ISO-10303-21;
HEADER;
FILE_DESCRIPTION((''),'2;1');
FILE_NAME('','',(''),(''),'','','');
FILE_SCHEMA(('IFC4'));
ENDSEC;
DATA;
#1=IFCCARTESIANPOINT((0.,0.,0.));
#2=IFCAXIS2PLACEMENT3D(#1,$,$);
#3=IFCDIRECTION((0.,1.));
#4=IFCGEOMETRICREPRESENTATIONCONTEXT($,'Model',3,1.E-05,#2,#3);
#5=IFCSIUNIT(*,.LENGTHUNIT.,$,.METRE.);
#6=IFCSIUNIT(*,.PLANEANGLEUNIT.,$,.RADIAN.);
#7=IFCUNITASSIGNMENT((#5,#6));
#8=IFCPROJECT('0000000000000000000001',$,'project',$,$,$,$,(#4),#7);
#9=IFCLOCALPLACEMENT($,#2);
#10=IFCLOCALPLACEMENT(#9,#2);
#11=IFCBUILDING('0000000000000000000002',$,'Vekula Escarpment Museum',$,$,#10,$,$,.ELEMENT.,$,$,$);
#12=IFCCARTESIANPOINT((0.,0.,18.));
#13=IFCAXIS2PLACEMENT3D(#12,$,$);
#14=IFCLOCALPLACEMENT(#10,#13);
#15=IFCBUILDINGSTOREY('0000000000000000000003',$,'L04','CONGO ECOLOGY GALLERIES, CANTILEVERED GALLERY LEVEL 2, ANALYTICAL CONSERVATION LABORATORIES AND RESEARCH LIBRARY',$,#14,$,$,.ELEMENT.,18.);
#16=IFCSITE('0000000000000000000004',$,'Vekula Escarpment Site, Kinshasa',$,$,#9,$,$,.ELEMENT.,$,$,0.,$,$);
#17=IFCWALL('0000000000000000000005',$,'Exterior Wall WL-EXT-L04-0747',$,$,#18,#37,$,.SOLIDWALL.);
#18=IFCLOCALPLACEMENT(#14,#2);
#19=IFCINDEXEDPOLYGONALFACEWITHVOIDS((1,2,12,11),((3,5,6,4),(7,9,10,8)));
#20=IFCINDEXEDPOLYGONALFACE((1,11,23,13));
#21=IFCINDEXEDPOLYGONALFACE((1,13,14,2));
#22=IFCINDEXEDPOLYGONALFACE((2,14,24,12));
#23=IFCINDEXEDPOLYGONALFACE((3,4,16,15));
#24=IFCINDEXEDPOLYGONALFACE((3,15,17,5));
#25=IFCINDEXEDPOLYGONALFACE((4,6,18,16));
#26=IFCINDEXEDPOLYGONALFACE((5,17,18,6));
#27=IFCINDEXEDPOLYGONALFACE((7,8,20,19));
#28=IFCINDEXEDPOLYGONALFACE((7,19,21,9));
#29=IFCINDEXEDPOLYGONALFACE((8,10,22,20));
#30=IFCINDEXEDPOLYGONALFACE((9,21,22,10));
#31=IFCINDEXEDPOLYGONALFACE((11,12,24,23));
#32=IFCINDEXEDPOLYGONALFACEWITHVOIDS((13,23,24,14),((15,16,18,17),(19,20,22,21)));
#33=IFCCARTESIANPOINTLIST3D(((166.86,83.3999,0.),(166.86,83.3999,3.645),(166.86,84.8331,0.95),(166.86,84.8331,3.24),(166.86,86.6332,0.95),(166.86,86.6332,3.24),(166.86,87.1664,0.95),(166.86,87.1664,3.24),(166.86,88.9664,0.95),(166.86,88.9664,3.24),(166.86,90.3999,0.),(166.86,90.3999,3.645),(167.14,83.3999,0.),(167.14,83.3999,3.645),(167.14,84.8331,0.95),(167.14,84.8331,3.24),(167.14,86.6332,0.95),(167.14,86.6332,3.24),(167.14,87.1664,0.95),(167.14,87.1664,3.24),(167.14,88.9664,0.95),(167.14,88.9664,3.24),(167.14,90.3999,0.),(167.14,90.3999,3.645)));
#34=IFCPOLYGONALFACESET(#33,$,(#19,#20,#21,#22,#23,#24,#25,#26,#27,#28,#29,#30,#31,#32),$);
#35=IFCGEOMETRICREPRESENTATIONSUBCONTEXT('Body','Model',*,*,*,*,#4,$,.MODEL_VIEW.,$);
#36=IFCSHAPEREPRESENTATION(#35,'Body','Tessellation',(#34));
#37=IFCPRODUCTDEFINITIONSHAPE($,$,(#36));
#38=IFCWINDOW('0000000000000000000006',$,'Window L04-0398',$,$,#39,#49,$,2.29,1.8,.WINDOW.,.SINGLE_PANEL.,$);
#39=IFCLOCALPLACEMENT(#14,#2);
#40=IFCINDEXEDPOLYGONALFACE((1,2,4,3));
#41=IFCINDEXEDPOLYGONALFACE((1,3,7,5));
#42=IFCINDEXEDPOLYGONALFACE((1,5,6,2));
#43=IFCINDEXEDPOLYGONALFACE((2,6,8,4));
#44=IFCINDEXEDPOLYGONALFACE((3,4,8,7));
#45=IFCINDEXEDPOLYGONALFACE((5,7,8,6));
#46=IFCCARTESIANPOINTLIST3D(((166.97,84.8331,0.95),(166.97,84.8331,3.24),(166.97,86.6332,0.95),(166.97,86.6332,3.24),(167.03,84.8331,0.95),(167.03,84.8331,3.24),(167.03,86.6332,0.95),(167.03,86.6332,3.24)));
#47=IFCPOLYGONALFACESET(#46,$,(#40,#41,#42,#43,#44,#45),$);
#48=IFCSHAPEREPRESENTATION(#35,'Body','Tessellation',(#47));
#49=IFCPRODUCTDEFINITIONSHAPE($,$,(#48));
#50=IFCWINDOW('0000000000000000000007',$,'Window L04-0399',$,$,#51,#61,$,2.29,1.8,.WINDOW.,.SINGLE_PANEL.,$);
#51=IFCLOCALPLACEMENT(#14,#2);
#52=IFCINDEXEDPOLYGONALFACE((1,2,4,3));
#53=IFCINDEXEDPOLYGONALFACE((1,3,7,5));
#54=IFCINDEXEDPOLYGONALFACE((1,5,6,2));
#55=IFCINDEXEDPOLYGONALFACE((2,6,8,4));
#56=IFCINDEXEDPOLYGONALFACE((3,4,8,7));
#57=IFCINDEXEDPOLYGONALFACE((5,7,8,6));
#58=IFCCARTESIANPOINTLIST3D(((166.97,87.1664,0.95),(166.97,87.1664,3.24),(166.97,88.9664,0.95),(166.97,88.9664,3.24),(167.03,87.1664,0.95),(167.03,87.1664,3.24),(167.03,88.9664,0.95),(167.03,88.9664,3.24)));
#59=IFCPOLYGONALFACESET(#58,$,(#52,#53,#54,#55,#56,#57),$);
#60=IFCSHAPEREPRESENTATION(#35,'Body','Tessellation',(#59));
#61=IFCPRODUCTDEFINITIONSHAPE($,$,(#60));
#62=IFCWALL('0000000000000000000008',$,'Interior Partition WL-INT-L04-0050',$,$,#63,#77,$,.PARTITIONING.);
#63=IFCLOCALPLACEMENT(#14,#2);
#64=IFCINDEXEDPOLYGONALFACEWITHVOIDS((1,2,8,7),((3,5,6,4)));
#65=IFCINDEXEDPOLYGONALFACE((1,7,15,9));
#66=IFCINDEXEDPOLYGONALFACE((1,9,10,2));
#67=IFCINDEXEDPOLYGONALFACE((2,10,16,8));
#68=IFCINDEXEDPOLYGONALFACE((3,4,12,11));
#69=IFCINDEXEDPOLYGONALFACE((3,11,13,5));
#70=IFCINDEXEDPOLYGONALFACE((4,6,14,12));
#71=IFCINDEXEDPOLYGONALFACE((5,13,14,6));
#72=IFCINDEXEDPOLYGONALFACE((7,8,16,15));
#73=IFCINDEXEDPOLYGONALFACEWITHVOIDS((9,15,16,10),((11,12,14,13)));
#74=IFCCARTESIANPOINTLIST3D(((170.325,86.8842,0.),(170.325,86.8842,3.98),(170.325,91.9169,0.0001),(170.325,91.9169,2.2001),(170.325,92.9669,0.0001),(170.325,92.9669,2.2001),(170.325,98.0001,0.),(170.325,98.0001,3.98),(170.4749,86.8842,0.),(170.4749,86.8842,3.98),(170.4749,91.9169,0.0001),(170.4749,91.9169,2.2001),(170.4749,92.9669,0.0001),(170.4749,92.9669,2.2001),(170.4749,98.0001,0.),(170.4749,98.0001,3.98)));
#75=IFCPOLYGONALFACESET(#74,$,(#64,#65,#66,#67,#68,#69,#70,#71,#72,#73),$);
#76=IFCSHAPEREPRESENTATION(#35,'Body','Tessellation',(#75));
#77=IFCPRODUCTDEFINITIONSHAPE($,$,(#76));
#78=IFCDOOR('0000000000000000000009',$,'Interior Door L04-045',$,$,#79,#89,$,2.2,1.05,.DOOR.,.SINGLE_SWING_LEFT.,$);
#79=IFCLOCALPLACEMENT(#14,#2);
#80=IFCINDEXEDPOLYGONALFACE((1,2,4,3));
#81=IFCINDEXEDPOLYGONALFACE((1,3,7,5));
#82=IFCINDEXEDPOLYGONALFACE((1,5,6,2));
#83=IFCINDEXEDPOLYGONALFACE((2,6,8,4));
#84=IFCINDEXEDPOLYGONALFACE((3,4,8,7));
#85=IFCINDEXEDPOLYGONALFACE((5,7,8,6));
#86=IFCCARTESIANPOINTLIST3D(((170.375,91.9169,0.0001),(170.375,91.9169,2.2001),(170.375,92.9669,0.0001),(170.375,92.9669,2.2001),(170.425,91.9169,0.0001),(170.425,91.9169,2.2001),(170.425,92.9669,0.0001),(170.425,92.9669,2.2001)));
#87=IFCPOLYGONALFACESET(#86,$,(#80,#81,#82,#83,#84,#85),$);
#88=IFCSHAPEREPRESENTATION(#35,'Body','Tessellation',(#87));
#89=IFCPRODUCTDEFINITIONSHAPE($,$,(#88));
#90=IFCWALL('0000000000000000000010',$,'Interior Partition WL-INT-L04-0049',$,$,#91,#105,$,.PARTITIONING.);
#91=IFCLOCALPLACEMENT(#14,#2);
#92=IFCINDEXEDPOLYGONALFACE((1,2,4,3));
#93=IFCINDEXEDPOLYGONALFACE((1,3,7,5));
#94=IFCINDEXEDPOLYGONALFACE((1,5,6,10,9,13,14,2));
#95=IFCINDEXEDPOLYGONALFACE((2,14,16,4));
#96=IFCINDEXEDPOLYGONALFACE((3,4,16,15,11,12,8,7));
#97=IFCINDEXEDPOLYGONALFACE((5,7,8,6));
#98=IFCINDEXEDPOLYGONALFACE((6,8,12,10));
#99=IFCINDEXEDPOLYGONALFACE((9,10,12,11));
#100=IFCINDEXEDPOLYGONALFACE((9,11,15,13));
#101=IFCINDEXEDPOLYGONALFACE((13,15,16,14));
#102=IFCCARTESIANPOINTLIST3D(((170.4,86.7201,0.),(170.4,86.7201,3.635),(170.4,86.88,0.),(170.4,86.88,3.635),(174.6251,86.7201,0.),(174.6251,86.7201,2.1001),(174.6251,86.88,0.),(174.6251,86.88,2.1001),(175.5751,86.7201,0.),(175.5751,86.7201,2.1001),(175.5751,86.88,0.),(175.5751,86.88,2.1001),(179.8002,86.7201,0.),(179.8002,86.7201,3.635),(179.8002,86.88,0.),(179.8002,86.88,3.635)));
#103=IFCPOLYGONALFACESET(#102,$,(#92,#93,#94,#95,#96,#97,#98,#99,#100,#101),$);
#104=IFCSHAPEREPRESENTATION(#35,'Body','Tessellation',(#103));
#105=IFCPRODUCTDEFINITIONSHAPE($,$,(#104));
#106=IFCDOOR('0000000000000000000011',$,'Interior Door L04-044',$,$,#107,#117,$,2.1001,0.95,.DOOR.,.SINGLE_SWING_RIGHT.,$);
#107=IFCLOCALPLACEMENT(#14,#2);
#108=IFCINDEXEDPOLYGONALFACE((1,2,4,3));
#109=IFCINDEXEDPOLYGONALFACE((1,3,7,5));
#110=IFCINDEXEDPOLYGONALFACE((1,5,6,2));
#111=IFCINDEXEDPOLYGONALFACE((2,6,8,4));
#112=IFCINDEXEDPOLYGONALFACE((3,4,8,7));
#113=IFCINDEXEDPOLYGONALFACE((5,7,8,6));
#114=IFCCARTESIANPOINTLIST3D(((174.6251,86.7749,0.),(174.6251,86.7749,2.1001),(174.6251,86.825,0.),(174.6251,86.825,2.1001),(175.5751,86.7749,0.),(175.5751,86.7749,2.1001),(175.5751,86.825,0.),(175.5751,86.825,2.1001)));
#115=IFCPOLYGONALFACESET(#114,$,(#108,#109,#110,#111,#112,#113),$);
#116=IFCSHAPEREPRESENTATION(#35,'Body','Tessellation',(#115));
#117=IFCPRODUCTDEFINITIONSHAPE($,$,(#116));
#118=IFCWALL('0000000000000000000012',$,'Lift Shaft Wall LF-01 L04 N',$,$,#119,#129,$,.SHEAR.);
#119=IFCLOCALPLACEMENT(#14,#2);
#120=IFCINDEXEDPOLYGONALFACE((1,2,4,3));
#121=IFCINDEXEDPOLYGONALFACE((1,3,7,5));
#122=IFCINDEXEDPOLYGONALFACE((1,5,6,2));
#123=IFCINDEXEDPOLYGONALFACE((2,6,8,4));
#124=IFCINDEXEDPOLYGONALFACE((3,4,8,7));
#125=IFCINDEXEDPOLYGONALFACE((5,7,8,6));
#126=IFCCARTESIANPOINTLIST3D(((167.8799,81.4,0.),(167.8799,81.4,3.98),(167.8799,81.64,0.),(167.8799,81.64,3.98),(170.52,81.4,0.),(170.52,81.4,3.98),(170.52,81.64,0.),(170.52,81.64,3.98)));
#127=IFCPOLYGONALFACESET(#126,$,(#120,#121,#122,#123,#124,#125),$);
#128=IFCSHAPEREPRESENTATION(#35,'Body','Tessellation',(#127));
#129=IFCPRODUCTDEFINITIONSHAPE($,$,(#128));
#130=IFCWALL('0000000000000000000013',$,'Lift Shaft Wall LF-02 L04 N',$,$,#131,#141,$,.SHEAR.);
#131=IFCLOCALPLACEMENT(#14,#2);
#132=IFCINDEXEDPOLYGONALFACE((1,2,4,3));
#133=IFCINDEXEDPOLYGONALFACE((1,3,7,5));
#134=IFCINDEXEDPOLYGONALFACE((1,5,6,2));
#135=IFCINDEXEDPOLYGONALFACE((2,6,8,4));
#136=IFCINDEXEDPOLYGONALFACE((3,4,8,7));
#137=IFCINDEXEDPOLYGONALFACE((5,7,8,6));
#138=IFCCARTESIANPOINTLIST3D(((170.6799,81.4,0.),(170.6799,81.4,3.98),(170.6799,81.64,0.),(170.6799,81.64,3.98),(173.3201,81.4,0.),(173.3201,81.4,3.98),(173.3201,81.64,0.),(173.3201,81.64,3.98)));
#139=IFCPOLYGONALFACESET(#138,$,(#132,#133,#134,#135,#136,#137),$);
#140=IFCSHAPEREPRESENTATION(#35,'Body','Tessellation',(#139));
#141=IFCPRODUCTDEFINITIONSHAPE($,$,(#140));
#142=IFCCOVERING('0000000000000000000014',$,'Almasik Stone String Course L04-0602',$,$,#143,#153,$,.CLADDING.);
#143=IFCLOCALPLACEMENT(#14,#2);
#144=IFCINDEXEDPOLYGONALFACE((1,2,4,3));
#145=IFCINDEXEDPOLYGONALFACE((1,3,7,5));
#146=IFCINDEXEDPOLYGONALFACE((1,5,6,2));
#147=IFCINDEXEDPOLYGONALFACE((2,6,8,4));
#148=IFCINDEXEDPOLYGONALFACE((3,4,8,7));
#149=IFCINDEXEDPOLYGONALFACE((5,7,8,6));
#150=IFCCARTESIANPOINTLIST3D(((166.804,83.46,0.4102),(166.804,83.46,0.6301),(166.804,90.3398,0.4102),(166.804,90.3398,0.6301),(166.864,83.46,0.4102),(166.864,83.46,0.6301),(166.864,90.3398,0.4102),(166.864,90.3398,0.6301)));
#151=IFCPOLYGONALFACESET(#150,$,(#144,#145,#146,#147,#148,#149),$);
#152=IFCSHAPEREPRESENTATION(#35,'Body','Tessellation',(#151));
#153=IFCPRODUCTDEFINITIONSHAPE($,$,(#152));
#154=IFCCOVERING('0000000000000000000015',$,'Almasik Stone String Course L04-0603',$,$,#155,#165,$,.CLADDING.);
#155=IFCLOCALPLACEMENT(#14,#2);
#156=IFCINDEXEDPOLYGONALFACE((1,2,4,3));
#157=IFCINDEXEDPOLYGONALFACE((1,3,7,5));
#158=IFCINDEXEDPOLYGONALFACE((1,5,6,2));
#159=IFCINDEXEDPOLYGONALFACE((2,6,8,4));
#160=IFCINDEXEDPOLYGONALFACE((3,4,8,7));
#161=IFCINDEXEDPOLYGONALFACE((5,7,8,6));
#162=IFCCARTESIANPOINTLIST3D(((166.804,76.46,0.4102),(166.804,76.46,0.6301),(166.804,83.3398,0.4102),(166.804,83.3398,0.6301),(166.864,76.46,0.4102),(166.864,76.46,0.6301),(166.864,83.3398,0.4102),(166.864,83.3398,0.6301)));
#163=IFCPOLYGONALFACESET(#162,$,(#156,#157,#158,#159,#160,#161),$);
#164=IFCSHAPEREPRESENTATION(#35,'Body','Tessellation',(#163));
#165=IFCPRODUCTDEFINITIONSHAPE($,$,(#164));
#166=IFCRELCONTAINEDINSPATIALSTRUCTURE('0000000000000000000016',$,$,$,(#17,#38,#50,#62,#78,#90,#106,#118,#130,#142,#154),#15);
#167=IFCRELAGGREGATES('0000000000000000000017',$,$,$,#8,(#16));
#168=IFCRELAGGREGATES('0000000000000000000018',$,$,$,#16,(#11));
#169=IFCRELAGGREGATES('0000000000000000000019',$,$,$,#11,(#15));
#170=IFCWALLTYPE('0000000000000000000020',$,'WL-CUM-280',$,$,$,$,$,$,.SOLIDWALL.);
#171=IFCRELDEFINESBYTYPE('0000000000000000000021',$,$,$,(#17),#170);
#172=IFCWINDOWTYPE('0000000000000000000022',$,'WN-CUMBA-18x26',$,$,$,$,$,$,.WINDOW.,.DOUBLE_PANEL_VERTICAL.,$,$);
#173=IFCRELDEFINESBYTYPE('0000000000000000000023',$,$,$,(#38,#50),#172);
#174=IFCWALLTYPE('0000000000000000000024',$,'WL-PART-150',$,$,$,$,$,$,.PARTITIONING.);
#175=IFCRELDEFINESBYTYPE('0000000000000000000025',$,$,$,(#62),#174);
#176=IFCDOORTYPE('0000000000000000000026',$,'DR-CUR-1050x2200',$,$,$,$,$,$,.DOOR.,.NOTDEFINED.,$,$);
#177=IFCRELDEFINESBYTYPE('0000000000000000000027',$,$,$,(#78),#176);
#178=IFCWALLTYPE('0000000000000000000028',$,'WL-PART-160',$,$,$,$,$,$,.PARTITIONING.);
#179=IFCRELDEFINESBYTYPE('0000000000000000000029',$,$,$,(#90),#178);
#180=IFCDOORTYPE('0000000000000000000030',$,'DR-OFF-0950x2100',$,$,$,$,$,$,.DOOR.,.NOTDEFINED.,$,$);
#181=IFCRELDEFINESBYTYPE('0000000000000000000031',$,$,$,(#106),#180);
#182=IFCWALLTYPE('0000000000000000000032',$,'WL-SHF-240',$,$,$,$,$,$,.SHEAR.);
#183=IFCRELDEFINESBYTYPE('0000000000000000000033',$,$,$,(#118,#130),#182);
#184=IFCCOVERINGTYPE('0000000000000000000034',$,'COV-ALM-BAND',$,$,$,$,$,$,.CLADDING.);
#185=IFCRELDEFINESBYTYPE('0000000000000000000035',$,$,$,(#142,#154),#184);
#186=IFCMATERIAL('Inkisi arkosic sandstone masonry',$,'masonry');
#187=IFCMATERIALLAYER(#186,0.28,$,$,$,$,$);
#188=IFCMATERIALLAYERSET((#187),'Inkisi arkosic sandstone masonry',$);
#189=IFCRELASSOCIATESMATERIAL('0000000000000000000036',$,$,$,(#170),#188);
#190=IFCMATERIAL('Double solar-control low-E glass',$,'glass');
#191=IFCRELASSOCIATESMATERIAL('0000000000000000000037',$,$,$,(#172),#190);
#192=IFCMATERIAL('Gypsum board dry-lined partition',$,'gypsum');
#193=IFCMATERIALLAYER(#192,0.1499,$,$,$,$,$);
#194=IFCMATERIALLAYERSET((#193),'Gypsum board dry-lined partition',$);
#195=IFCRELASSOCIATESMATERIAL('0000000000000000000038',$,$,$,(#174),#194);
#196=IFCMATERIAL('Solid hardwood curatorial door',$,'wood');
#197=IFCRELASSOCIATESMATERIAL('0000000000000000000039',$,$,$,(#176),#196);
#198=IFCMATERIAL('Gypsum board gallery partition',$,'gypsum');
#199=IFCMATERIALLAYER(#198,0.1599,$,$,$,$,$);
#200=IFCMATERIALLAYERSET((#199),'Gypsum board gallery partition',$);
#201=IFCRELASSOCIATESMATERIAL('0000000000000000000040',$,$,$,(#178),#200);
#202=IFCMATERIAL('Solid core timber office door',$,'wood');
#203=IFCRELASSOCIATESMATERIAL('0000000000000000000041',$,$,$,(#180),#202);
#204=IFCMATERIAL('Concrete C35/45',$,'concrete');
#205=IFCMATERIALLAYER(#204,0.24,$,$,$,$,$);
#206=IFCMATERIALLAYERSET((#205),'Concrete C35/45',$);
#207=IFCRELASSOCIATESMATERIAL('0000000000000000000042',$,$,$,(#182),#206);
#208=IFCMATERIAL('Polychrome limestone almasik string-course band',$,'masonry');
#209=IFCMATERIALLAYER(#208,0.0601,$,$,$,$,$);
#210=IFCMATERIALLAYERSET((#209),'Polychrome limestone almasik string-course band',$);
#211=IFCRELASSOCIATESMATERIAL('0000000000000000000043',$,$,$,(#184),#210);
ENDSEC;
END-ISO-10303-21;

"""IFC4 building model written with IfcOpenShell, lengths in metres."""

from ifc_helpers import new_model, si_unit, direction, frame, frame_2d, origin, origin_2d, place, context, subcontext, project, spatial, rectangle, extrude, material, layer, layer_set, type_object, element, fill, save


model = new_model("IFC4")

# Units and contexts
model_context = context("Model", 3, precision=1e-05, world=origin(), true_north=direction((0.0, 1.0)))
body_context = subcontext(model_context, "Body", "Model", "MODEL_VIEW")
ifc_project = project(units=[si_unit("LENGTHUNIT", "METRE"), si_unit("PLANEANGLEUNIT", "RADIAN")], contexts=[model_context])

# Site, building, storey
site_placement = place(None, origin())
site = spatial("IfcSite", under=ifc_project, at=site_placement, Name="Vekula Escarpment Site, Kinshasa", CompositionType="ELEMENT", RefElevation=0.0)
building_placement = place(site_placement, origin())
building = spatial("IfcBuilding", under=site, at=building_placement, Name="Vekula Escarpment Museum", CompositionType="ELEMENT")
storey_placement = place(building_placement, frame((0.0, 0.0, 18.0)))
storey = spatial("IfcBuildingStorey", under=building, at=storey_placement, Name="L04", Description="CONGO ECOLOGY GALLERIES, CANTILEVERED GALLERY LEVEL 2, ANALYTICAL CONSERVATION LABORATORIES AND RESEARCH LIBRARY", CompositionType="ELEMENT", Elevation=18.0)

# Wall, openings, windows
ifc_material_1 = material(Name="Inkisi arkosic sandstone masonry", Category="masonry")
ifc_layer_1 = layer(ifc_material_1, 0.28)
ifc_layer_set_1 = layer_set([ifc_layer_1], Name="Inkisi arkosic sandstone masonry")
wall_type_1 = type_object("IfcWallType", Name="WL-CUM-280", PredefinedType="SOLIDWALL", material=ifc_layer_set_1)
wall_1_placement = place(storey_placement, frame((167.0, 83.3999, 0.0), z_axis=(0.0, 0.0, 1.0), x_axis=(0.0, 1.0, 0.0)))
wall_1 = element("IfcWall", 1, at=wall_1_placement, inside=storey, type_object=wall_type_1, Name="Exterior Wall WL-EXT-L04-0747", PredefinedType="SOLIDWALL", context=body_context, shape_type="SweptSolid", body=[
    extrude(rectangle(XDim=7.0, YDim=0.28, at=frame_2d((3.5, 0.0))), origin(), (0.0, 0.0, 1.0), 3.645),
])
opening_1_placement = place(wall_1_placement, frame((1.4333, 0.0, 0.95)))
opening_1 = element("IfcOpeningElement", 2, at=opening_1_placement, cuts=wall_1, PredefinedType="OPENING", context=body_context, shape_type="SweptSolid", body=[
    extrude(rectangle(XDim=1.8, YDim=2.29, at=frame_2d((0.8999, 1.145))), frame((0.0, 0.1499, 0.0), z_axis=(0.0, -1.0, 0.0), x_axis=(1.0, 0.0, 0.0)), (0.0, 0.0, 1.0), 0.3),
])
opening_2_placement = place(wall_1_placement, frame((3.7666, 0.0, 0.95)))
opening_2 = element("IfcOpeningElement", 3, at=opening_2_placement, cuts=wall_1, PredefinedType="OPENING", context=body_context, shape_type="SweptSolid", body=[
    extrude(rectangle(XDim=1.8, YDim=2.29, at=frame_2d((0.8999, 1.145))), frame((0.0, 0.1499, 0.0), z_axis=(0.0, -1.0, 0.0), x_axis=(1.0, 0.0, 0.0)), (0.0, 0.0, 1.0), 0.3),
])
ifc_material_2 = material(Name="Double solar-control low-E glass", Category="glass")
window_type = type_object("IfcWindowType", Name="WN-CUMBA-18x26", PartitioningType="DOUBLE_PANEL_VERTICAL", PredefinedType="WINDOW", material=ifc_material_2)
window_1_placement = place(opening_1_placement, origin())
window_1 = element("IfcWindow", 4, at=window_1_placement, inside=storey, type_object=window_type, Name="Window L04-0398", OverallHeight=2.29, OverallWidth=1.8, PartitioningType="SINGLE_PANEL", PredefinedType="WINDOW", context=body_context, shape_type="SweptSolid", body=[
    extrude(rectangle(XDim=1.8, YDim=2.29, at=frame_2d((0.8999, 1.145))), frame((0.0, 0.03, 0.0), z_axis=(0.0, -1.0, 0.0), x_axis=(1.0, 0.0, 0.0)), (0.0, 0.0, 1.0), 0.0601),
])
fill(opening_1, window_1)
window_2_placement = place(opening_2_placement, origin())
window_2 = element("IfcWindow", 5, at=window_2_placement, inside=storey, type_object=window_type, Name="Window L04-0399", OverallHeight=2.29, OverallWidth=1.8, PartitioningType="SINGLE_PANEL", PredefinedType="WINDOW", context=body_context, shape_type="SweptSolid", body=[
    extrude(rectangle(XDim=1.8, YDim=2.29, at=frame_2d((0.8999, 1.145))), frame((0.0, 0.03, 0.0), z_axis=(0.0, -1.0, 0.0), x_axis=(1.0, 0.0, 0.0)), (0.0, 0.0, 1.0), 0.0601),
])
fill(opening_2, window_2)

# Walls, openings, doors
ifc_material_3 = material(Name="Gypsum board dry-lined partition", Category="gypsum")
ifc_layer_2 = layer(ifc_material_3, 0.1499)
ifc_layer_set_2 = layer_set([ifc_layer_2], Name="Gypsum board dry-lined partition")
wall_type_2 = type_object("IfcWallType", Name="WL-PART-150", PredefinedType="PARTITIONING", material=ifc_layer_set_2)
wall_2_placement = place(storey_placement, frame((170.3999, 86.884, 0.0), z_axis=(0.0, 0.0, 1.0), x_axis=(0.0, 1.0, 0.0)))
wall_2 = element("IfcWall", 6, at=wall_2_placement, inside=storey, type_object=wall_type_2, Name="Interior Partition WL-INT-L04-0050", PredefinedType="PARTITIONING", context=body_context, shape_type="SweptSolid", body=[
    extrude(rectangle(XDim=11.116, YDim=0.1499, at=frame_2d((5.5581, 0.0))), origin(), (0.0, 0.0, 1.0), 3.98),
])
opening_3_placement = place(wall_2_placement, frame((5.033, 0.0, 0.0)))
opening_3 = element("IfcOpeningElement", 7, at=opening_3_placement, cuts=wall_2, PredefinedType="OPENING", context=body_context, shape_type="SweptSolid", body=[
    extrude(rectangle(XDim=1.05, YDim=2.2, at=frame_2d((0.5249, 1.1001))), frame((0.0, 0.085, 0.0), z_axis=(0.0, -1.0, 0.0), x_axis=(1.0, 0.0, 0.0)), (0.0, 0.0, 1.0), 0.1699),
])
ifc_material_4 = material(Name="Solid hardwood curatorial door", Category="wood")
door_type_1 = type_object("IfcDoorType", Name="DR-CUR-1050x2200", OperationType="NOTDEFINED", PredefinedType="DOOR", material=ifc_material_4)
door_1_placement = place(opening_3_placement, origin())
door_1 = element("IfcDoor", 8, at=door_1_placement, inside=storey, type_object=door_type_1, Name="Interior Door L04-045", OperationType="SINGLE_SWING_LEFT", OverallHeight=2.2, OverallWidth=1.05, PredefinedType="DOOR", context=body_context, shape_type="SweptSolid", body=[
    extrude(rectangle(XDim=1.05, YDim=2.2, at=frame_2d((0.5249, 1.1001))), frame((0.0, 0.0249, 0.0), z_axis=(0.0, -1.0, 0.0), x_axis=(1.0, 0.0, 0.0)), (0.0, 0.0, 1.0), 0.05),
])
fill(opening_3, door_1)
ifc_material_5 = material(Name="Gypsum board gallery partition", Category="gypsum")
ifc_layer_3 = layer(ifc_material_5, 0.1599)
ifc_layer_set_3 = layer_set([ifc_layer_3], Name="Gypsum board gallery partition")
wall_type_3 = type_object("IfcWallType", Name="WL-PART-160", PredefinedType="PARTITIONING", material=ifc_layer_set_3)
wall_3_placement = place(storey_placement, frame((170.3999, 86.8, 0.0), z_axis=(0.0, 0.0, 1.0), x_axis=(1.0, 0.0, 0.0)))
wall_3 = element("IfcWall", 9, at=wall_3_placement, inside=storey, type_object=wall_type_3, Name="Interior Partition WL-INT-L04-0049", PredefinedType="PARTITIONING", context=body_context, shape_type="SweptSolid", body=[
    extrude(rectangle(XDim=9.4001, YDim=0.1599, at=frame_2d((4.7002, 0.0))), origin(), (0.0, 0.0, 1.0), 3.635),
])
opening_4_placement = place(wall_3_placement, frame((4.2251, 0.0, 0.0)))
opening_4 = element("IfcOpeningElement", 10, at=opening_4_placement, cuts=wall_3, PredefinedType="OPENING", context=body_context, shape_type="SweptSolid", body=[
    extrude(rectangle(XDim=0.95, YDim=2.1001, at=frame_2d((0.4751, 1.05))), frame((0.0, 0.0898, 0.0), z_axis=(0.0, -1.0, 0.0), x_axis=(1.0, 0.0, 0.0)), (0.0, 0.0, 1.0), 0.1799),
])
ifc_material_6 = material(Name="Solid core timber office door", Category="wood")
door_type_2 = type_object("IfcDoorType", Name="DR-OFF-0950x2100", OperationType="NOTDEFINED", PredefinedType="DOOR", material=ifc_material_6)
door_2_placement = place(opening_4_placement, origin())
door_2 = element("IfcDoor", 11, at=door_2_placement, inside=storey, type_object=door_type_2, Name="Interior Door L04-044", OperationType="SINGLE_SWING_RIGHT", OverallHeight=2.1001, OverallWidth=0.95, PredefinedType="DOOR", context=body_context, shape_type="SweptSolid", body=[
    extrude(rectangle(XDim=0.95, YDim=2.1001, at=frame_2d((0.4751, 1.05))), frame((0.0, 0.0249, 0.0), z_axis=(0.0, -1.0, 0.0), x_axis=(1.0, 0.0, 0.0)), (0.0, 0.0, 1.0), 0.05),
])
fill(opening_4, door_2)

# Walls
ifc_material_7 = material(Name="Concrete C35/45", Category="concrete")
ifc_layer_4 = layer(ifc_material_7, 0.24)
ifc_layer_set_4 = layer_set([ifc_layer_4], Name="Concrete C35/45")
wall_type_4 = type_object("IfcWallType", Name="WL-SHF-240", PredefinedType="SHEAR", material=ifc_layer_set_4)
for number, where, z_axis, x_axis, name in (
    (12, (167.8799, 81.52, 0.0), (0.0, 0.0, 1.0), (1.0, 0.0, 0.0), "Lift Shaft Wall LF-01 L04 N"),
    (13, (170.6799, 81.52, 0.0), (0.0, 0.0, 1.0), (1.0, 0.0, 0.0), "Lift Shaft Wall LF-02 L04 N"),
):
    element("IfcWall", number, at=place(storey_placement, frame(where, z_axis=z_axis, x_axis=x_axis)), inside=storey, type_object=wall_type_4, Name=name, PredefinedType="SHEAR", context=body_context, shape_type="SweptSolid", body=[
        extrude(rectangle(XDim=2.6401, YDim=0.24, at=frame_2d((1.3201, 0.0))), origin(), (0.0, 0.0, 1.0), 3.98),
    ])

# Coverings
ifc_material_8 = material(Name="Polychrome limestone almasik string-course band", Category="masonry")
ifc_layer_5 = layer(ifc_material_8, 0.0601)
ifc_layer_set_5 = layer_set([ifc_layer_5], Name="Polychrome limestone almasik string-course band")
covering_type = type_object("IfcCoveringType", Name="COV-ALM-BAND", PredefinedType="CLADDING", material=ifc_layer_set_5)
for number, where, z_axis, x_axis, name in (
    (14, (166.834, 86.8999, 0.4102), (0.0, 0.0, 1.0), (0.0, 1.0, 0.0), "Almasik Stone String Course L04-0602"),
    (15, (166.834, 79.8999, 0.4102), (0.0, 0.0, 1.0), (0.0, 1.0, 0.0), "Almasik Stone String Course L04-0603"),
):
    element("IfcCovering", number, at=place(storey_placement, frame(where, z_axis=z_axis, x_axis=x_axis)), inside=storey, type_object=covering_type, Name=name, PredefinedType="CLADDING", context=body_context, shape_type="SweptSolid", body=[
        extrude(rectangle(XDim=6.8799, YDim=0.0601, at=origin_2d()), origin(), (0.0, 0.0, 1.0), 0.22),
    ])

save(model, "model.ifc")
